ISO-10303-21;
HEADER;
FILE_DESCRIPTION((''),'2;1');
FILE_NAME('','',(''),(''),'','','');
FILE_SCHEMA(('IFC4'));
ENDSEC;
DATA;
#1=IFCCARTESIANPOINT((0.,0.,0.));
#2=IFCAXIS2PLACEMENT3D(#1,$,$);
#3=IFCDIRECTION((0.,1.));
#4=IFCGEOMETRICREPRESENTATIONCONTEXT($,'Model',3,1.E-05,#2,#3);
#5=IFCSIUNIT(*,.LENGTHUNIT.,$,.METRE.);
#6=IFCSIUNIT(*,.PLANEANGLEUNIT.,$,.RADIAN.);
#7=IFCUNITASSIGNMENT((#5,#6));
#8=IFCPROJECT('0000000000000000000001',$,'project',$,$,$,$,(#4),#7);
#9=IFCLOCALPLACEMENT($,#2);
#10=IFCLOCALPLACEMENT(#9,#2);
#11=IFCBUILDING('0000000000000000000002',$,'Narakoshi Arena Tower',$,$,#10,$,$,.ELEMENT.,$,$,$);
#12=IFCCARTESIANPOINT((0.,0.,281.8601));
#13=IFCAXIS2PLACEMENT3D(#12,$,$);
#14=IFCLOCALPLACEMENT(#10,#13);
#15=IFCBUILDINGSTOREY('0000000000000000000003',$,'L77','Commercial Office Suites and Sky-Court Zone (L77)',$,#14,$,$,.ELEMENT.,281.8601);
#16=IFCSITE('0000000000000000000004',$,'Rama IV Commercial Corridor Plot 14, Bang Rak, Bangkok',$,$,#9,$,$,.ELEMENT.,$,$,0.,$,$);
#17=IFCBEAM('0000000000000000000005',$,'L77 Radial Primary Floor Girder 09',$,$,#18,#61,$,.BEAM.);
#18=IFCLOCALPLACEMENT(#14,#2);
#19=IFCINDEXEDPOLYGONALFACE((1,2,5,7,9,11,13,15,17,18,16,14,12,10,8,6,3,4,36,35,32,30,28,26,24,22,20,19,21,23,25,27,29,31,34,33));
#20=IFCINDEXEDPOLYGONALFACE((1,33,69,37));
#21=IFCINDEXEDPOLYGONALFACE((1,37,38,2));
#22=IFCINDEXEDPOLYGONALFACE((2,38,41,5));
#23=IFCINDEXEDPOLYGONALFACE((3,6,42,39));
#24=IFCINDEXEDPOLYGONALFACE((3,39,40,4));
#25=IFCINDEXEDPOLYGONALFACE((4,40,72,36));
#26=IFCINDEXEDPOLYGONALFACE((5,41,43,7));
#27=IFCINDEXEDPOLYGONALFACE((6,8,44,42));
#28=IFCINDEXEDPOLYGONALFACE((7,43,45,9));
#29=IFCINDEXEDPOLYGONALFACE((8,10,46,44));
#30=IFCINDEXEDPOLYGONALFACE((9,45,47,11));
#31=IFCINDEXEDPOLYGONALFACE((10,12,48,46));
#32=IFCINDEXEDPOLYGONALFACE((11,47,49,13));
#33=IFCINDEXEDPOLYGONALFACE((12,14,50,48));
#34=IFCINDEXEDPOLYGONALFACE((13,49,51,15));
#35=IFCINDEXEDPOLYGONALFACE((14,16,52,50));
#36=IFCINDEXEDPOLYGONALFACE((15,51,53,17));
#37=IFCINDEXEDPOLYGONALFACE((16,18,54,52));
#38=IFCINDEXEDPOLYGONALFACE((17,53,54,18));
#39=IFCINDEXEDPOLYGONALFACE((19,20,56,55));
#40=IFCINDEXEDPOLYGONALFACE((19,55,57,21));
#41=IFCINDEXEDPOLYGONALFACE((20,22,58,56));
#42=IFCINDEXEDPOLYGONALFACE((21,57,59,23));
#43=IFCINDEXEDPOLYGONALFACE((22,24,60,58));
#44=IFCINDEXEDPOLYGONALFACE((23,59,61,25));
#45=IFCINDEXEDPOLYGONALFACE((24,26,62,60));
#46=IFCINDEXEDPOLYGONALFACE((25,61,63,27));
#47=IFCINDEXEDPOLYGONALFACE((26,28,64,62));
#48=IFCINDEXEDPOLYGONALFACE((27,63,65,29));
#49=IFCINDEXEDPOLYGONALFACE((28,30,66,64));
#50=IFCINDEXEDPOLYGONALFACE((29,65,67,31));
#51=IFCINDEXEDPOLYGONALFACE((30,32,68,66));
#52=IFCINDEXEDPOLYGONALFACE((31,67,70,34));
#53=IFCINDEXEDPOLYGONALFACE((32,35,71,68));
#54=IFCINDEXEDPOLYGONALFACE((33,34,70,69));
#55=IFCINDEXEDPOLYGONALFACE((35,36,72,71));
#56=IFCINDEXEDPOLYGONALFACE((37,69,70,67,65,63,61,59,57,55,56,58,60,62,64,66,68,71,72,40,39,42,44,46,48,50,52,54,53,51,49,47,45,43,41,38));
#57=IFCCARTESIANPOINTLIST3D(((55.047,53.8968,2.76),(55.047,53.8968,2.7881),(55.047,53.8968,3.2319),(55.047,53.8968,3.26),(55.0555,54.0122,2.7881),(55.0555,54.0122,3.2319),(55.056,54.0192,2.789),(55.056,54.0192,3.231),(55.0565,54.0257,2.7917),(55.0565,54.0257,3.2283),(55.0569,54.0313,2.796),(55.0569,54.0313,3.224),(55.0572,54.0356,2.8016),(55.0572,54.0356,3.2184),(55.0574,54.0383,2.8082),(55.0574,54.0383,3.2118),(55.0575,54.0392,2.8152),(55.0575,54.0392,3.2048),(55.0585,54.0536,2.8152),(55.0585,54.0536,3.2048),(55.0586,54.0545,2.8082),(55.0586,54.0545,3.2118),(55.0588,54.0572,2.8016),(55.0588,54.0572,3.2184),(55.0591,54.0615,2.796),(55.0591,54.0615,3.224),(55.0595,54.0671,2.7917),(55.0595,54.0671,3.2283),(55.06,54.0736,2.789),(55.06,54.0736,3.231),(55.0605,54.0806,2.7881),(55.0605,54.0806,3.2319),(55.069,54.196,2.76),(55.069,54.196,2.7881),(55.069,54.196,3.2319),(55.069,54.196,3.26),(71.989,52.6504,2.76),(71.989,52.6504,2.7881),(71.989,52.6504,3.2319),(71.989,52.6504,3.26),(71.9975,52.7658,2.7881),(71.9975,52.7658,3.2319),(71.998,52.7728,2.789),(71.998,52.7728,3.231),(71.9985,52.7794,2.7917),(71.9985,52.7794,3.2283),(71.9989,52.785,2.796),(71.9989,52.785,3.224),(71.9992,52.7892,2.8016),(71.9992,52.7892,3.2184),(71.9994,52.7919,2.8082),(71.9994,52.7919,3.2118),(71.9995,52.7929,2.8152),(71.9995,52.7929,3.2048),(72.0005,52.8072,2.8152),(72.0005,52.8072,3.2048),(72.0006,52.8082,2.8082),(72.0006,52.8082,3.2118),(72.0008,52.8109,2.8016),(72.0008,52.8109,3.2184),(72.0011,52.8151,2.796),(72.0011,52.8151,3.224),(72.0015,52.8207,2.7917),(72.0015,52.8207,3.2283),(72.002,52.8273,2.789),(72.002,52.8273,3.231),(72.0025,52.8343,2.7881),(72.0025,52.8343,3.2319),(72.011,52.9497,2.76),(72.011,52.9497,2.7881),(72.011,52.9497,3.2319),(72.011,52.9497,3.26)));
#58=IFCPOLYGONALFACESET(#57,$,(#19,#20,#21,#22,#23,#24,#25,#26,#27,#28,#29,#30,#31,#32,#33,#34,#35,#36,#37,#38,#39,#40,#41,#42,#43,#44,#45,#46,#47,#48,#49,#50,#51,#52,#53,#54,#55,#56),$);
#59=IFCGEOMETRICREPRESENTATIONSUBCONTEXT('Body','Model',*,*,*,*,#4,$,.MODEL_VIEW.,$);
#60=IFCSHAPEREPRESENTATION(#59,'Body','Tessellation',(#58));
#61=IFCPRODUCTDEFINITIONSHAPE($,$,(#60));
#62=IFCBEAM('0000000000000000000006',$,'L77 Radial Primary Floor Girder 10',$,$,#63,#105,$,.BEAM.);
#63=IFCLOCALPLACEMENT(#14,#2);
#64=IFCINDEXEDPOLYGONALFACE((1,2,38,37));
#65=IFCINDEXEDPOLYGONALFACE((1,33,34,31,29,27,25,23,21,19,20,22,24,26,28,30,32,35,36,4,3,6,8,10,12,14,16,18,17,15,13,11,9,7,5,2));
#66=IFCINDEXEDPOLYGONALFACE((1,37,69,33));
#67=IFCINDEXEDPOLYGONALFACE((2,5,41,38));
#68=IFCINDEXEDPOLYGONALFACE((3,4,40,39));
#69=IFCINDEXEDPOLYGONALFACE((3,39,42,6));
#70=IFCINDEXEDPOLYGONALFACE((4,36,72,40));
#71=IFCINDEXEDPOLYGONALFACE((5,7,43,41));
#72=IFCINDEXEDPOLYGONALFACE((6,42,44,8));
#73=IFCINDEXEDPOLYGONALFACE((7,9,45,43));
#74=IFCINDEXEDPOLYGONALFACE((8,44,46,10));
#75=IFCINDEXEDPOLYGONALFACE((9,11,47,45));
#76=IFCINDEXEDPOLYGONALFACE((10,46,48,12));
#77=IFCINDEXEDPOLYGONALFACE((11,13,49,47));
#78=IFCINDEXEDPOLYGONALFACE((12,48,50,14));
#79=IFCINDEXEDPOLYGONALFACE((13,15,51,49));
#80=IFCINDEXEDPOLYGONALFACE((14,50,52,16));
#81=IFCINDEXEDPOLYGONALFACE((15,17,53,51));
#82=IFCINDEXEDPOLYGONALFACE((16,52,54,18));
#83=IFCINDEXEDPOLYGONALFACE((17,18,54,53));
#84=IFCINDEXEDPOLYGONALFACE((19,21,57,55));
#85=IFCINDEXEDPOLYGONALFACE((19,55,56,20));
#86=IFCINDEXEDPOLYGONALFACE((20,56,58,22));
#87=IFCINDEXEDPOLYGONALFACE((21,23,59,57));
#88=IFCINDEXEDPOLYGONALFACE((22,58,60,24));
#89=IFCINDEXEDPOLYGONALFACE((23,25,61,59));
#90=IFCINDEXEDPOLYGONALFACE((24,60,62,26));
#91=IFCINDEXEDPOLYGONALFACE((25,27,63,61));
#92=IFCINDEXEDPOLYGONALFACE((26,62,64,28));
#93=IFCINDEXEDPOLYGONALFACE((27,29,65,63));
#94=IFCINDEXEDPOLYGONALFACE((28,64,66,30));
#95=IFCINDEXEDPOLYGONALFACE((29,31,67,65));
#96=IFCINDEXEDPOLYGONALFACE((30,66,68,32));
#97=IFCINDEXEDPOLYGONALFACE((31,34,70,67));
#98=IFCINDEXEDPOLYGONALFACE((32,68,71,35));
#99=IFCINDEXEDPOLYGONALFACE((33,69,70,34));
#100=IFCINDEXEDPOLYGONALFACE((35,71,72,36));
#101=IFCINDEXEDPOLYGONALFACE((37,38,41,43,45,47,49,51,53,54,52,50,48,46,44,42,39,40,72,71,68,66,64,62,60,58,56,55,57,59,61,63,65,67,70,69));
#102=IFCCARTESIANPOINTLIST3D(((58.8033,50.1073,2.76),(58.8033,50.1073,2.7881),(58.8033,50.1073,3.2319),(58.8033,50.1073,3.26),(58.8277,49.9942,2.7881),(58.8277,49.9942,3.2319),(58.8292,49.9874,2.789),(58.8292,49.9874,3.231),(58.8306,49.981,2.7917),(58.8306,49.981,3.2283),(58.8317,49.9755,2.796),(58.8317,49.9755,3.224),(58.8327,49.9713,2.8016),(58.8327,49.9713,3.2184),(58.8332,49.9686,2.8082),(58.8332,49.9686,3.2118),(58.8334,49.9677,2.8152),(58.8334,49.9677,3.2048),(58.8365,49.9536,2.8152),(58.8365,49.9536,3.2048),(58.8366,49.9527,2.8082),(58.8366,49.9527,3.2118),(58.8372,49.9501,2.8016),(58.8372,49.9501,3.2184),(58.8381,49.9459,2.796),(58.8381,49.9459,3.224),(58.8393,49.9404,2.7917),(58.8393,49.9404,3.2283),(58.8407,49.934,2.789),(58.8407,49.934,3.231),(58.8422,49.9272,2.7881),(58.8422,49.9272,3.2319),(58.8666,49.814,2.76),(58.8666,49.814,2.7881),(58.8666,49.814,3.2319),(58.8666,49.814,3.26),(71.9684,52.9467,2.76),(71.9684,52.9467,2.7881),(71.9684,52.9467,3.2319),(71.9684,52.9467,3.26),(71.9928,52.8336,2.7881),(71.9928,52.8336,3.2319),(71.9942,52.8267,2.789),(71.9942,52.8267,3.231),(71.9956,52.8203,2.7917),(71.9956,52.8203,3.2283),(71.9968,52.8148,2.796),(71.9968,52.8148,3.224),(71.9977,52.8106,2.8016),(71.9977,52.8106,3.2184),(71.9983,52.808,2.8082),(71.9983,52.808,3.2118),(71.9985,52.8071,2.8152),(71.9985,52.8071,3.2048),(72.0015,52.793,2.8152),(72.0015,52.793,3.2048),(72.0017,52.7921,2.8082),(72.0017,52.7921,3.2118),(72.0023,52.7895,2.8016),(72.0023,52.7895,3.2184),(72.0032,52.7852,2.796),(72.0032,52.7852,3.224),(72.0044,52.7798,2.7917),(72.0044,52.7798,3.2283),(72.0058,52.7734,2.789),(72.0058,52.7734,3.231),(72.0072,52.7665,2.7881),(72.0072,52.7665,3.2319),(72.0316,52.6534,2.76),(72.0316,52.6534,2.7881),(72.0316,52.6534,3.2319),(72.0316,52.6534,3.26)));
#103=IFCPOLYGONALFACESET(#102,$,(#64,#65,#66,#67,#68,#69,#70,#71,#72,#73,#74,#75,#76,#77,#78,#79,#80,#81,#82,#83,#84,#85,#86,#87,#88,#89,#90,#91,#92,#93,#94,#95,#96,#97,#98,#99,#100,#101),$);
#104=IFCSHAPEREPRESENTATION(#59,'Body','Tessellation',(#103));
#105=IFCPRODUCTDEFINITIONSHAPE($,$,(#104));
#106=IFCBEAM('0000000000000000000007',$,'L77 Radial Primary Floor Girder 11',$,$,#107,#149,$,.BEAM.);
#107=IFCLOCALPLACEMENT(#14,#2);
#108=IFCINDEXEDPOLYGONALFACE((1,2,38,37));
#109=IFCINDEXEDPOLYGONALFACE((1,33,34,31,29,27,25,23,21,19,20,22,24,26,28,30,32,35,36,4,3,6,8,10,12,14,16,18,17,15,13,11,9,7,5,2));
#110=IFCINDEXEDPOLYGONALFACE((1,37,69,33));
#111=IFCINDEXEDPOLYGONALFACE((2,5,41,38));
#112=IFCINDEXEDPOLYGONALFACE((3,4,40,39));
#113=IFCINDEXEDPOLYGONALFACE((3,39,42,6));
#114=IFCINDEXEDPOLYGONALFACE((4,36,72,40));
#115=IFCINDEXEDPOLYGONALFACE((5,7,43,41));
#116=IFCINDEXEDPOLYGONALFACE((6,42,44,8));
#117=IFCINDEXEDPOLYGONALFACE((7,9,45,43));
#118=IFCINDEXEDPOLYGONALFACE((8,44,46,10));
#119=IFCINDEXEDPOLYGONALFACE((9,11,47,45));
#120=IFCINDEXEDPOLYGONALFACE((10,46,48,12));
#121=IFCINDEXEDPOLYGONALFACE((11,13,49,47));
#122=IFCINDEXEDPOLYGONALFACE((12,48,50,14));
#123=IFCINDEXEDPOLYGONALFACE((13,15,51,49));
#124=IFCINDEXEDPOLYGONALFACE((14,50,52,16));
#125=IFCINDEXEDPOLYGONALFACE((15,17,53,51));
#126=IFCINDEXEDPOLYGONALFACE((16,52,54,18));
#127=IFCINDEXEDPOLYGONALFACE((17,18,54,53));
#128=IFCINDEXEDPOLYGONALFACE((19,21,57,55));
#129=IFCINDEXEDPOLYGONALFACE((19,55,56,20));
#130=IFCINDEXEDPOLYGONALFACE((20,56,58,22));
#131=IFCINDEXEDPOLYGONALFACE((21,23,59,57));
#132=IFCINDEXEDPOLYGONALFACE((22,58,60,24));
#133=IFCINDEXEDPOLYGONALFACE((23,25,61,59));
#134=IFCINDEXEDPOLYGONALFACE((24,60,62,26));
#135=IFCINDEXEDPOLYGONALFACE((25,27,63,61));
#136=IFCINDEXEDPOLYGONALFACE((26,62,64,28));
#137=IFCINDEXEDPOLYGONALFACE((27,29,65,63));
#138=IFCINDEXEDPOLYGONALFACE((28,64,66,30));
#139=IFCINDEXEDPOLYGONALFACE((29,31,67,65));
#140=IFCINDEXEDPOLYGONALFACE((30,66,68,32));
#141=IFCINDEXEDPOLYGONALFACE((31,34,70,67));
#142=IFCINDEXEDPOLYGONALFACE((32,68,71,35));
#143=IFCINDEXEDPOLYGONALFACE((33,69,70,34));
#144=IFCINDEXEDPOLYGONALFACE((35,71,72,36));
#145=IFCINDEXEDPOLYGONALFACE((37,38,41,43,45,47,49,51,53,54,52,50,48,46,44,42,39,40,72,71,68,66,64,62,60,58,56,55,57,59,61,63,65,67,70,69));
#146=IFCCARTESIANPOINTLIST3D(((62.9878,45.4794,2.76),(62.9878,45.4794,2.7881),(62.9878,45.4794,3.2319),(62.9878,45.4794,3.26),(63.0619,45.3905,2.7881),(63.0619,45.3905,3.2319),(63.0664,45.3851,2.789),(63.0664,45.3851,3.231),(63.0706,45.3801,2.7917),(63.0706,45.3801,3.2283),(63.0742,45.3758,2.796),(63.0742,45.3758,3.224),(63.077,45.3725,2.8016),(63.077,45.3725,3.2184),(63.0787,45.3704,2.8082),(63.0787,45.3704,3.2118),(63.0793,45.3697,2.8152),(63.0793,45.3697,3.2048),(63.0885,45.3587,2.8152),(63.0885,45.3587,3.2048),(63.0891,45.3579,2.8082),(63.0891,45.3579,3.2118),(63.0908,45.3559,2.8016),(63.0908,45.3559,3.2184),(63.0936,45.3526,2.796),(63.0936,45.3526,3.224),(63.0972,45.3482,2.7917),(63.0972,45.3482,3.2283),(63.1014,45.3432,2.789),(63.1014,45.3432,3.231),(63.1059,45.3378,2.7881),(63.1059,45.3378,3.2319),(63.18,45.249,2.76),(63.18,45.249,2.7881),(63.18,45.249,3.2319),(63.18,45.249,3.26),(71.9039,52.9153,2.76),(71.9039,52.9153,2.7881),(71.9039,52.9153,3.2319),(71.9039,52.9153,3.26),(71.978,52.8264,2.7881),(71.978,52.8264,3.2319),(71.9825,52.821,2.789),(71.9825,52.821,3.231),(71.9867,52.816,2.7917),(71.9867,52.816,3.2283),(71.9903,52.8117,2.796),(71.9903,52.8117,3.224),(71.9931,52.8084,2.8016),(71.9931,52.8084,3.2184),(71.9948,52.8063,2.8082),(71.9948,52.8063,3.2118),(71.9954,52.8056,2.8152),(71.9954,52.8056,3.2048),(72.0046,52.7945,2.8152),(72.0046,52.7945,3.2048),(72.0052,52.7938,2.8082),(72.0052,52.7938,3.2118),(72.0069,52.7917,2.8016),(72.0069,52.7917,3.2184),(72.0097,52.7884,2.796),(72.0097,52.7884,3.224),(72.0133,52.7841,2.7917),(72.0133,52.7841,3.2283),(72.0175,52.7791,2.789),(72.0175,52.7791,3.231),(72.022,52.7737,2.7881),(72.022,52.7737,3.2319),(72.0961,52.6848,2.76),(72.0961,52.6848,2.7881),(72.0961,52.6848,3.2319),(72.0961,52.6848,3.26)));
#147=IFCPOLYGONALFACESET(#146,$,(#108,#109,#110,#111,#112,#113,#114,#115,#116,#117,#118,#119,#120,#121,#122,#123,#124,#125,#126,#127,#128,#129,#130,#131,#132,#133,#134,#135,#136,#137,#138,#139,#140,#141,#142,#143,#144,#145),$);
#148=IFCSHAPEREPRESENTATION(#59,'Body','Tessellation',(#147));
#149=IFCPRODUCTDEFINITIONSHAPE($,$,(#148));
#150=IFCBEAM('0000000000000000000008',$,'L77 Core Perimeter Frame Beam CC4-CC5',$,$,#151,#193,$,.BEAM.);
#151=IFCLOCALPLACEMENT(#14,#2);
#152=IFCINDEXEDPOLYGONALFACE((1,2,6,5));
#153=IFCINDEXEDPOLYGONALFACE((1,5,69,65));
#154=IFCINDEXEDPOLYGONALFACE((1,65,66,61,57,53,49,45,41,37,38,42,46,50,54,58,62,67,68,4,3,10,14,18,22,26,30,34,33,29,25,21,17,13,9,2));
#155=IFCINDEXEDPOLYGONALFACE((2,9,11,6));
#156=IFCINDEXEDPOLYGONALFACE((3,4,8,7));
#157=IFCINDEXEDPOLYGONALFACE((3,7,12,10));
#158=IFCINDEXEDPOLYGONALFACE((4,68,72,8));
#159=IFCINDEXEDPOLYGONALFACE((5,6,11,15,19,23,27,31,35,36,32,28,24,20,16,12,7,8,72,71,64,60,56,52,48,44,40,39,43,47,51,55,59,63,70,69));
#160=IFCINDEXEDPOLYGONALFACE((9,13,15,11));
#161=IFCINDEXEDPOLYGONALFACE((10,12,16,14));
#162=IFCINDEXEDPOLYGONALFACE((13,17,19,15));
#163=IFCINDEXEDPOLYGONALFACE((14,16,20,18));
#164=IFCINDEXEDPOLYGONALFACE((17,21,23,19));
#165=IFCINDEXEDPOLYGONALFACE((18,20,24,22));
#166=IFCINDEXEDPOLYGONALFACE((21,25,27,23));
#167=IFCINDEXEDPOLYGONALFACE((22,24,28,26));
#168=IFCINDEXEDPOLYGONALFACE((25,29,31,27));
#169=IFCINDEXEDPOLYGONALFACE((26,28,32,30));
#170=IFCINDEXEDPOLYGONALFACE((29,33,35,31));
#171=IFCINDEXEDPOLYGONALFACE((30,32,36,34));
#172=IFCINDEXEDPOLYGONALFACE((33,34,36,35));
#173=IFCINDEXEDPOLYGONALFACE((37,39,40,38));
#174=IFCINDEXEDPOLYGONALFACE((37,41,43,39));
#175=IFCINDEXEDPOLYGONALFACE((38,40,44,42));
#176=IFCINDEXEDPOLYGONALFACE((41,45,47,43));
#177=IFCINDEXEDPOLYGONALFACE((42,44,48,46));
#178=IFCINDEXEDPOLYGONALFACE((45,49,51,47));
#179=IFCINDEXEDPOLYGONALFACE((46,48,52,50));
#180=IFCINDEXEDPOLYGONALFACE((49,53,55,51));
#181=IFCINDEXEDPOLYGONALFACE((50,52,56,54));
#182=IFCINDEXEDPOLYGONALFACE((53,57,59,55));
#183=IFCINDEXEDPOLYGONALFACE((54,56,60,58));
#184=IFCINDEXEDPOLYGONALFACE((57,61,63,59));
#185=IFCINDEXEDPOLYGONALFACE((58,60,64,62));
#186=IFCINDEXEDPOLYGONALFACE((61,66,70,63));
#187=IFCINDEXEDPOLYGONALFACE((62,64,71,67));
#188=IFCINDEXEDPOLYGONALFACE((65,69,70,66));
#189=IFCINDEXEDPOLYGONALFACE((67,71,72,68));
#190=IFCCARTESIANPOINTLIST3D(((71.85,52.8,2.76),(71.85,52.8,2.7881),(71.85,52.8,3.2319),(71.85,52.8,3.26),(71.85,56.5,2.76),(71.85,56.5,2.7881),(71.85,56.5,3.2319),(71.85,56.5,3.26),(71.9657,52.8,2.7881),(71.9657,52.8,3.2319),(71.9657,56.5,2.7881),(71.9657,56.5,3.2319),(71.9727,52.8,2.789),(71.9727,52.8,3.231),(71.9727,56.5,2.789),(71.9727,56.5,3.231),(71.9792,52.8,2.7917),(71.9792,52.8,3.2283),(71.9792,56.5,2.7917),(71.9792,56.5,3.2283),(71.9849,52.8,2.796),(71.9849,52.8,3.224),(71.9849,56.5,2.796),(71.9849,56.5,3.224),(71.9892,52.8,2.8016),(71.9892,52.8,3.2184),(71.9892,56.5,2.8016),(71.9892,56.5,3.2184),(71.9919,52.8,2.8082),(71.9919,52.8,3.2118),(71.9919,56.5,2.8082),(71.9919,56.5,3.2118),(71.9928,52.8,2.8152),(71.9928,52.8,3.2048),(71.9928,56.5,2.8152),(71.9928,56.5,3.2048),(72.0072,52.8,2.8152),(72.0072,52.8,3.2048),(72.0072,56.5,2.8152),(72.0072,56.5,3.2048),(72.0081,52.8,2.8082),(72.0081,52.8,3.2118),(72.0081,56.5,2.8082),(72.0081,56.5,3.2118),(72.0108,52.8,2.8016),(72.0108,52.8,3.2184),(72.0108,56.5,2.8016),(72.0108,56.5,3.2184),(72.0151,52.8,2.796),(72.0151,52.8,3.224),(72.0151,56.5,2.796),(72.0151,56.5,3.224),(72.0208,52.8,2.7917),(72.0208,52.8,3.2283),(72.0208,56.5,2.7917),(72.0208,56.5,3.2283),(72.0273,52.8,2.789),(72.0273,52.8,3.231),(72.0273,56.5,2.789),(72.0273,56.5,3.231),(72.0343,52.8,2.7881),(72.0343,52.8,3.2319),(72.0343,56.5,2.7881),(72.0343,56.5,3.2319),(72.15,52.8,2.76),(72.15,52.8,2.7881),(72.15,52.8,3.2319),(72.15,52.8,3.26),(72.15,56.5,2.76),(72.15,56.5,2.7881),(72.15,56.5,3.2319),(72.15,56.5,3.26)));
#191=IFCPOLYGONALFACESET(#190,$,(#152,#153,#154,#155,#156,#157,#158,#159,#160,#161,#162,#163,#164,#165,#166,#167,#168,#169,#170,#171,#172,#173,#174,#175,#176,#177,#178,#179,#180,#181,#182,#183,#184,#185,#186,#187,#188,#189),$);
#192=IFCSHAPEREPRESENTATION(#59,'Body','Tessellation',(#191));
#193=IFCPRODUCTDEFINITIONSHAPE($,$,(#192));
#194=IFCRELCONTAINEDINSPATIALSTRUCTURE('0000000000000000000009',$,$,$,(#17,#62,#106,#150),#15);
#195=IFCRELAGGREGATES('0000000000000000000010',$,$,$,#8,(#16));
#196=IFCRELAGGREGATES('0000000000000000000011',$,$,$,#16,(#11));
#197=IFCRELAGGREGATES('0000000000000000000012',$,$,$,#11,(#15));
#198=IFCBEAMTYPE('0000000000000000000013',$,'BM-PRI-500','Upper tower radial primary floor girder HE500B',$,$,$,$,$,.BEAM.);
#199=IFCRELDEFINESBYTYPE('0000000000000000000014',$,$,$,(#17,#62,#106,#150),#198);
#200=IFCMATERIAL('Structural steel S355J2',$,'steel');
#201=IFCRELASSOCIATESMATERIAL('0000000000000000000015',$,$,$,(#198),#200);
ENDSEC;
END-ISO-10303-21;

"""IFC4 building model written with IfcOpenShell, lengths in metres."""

from ifc_helpers import new_model, si_unit, direction, frame, origin, origin_2d, place, context, subcontext, project, spatial, i_section, extrude, material, material_profile, profile_set, type_object, element, save


model = new_model("IFC4")

# Units and contexts
model_context = context("Model", 3, precision=1e-05, world=origin(), true_north=direction((0.0, 1.0)))
body_context = subcontext(model_context, "Body", "Model", "MODEL_VIEW")
ifc_project = project(units=[si_unit("LENGTHUNIT", "METRE"), si_unit("PLANEANGLEUNIT", "RADIAN")], contexts=[model_context])

# Site, building, storey
site_placement = place(None, origin())
site = spatial("IfcSite", under=ifc_project, at=site_placement, Name="Rama IV Commercial Corridor Plot 14, Bang Rak, Bangkok", CompositionType="ELEMENT", RefElevation=0.0)
building_placement = place(site_placement, origin())
building = spatial("IfcBuilding", under=site, at=building_placement, Name="Narakoshi Arena Tower", CompositionType="ELEMENT")
storey_placement = place(building_placement, frame((0.0, 0.0, 281.8601)))
storey = spatial("IfcBuildingStorey", under=building, at=storey_placement, Name="L77", Description="Commercial Office Suites and Sky-Court Zone (L77)", CompositionType="ELEMENT", Elevation=281.8601)

# Beams
ifc_material_1 = material(Name="Structural steel S355J2", Category="steel")
ifc_material_profile_1 = material_profile(ifc_material_1, i_section(OverallWidth=0.3, OverallDepth=0.5, WebThickness=0.0144, FlangeThickness=0.0281, FilletRadius=0.0271, at=origin_2d()), Name="HE500B")
ifc_profile_set_1 = profile_set([ifc_material_profile_1], Name="Structural steel S355J2")
beam_type = type_object("IfcBeamType", Name="BM-PRI-500", Description="Upper tower radial primary floor girder HE500B", PredefinedType="BEAM", material=ifc_profile_set_1)
beam_1_placement = place(storey_placement, frame((72.0, 52.8, 3.01), z_axis=(-0.997305, 0.073367, 0.0), x_axis=(-0.073367, -0.997305, 0.0)))
element("IfcBeam", 1, at=beam_1_placement, inside=storey, type_object=beam_type, Name="L77 Radial Primary Floor Girder 09", PredefinedType="BEAM", context=body_context, shape_type="SweptSolid", body=[
    extrude(i_section(OverallWidth=0.3, OverallDepth=0.5, WebThickness=0.0144, FlangeThickness=0.0281, FilletRadius=0.0271, at=origin_2d()), origin(), (0.0, 0.0, 1.0), 16.9878),
])
beam_2_placement = place(storey_placement, frame((72.0, 52.8, 3.01), z_axis=(-0.977524, -0.210826, 0.0), x_axis=(0.210826, -0.977524, 0.0)))
element("IfcBeam", 2, at=beam_2_placement, inside=storey, type_object=beam_type, Name="L77 Radial Primary Floor Girder 10", PredefinedType="BEAM", context=body_context, shape_type="SweptSolid", body=[
    extrude(i_section(OverallWidth=0.3, OverallDepth=0.5, WebThickness=0.0144, FlangeThickness=0.0281, FilletRadius=0.0271, at=origin_2d()), origin(), (0.0, 0.0, 1.0), 13.4678),
])
beam_3_placement = place(storey_placement, frame((72.0, 52.8, 3.01), z_axis=(-0.767976, -0.640478, 0.0), x_axis=(0.640478, -0.767976, 0.0)))
element("IfcBeam", 3, at=beam_3_placement, inside=storey, type_object=beam_type, Name="L77 Radial Primary Floor Girder 11", PredefinedType="BEAM", context=body_context, shape_type="SweptSolid", body=[
    extrude(i_section(OverallWidth=0.3, OverallDepth=0.5, WebThickness=0.0144, FlangeThickness=0.0281, FilletRadius=0.0271, at=origin_2d()), origin(), (0.0, 0.0, 1.0), 11.6099),
])
beam_4_placement = place(storey_placement, frame((72.0, 52.8, 3.01), z_axis=(0.0, 1.0, 0.0), x_axis=(-1.0, 0.0, 0.0)))
element("IfcBeam", 4, at=beam_4_placement, inside=storey, type_object=beam_type, Name="L77 Core Perimeter Frame Beam CC4-CC5", PredefinedType="BEAM", context=body_context, shape_type="SweptSolid", body=[
    extrude(i_section(OverallWidth=0.3, OverallDepth=0.5, WebThickness=0.0144, FlangeThickness=0.0281, FilletRadius=0.0271, at=origin_2d()), origin(), (0.0, 0.0, 1.0), 3.7),
])

save(model, "model.ifc")
